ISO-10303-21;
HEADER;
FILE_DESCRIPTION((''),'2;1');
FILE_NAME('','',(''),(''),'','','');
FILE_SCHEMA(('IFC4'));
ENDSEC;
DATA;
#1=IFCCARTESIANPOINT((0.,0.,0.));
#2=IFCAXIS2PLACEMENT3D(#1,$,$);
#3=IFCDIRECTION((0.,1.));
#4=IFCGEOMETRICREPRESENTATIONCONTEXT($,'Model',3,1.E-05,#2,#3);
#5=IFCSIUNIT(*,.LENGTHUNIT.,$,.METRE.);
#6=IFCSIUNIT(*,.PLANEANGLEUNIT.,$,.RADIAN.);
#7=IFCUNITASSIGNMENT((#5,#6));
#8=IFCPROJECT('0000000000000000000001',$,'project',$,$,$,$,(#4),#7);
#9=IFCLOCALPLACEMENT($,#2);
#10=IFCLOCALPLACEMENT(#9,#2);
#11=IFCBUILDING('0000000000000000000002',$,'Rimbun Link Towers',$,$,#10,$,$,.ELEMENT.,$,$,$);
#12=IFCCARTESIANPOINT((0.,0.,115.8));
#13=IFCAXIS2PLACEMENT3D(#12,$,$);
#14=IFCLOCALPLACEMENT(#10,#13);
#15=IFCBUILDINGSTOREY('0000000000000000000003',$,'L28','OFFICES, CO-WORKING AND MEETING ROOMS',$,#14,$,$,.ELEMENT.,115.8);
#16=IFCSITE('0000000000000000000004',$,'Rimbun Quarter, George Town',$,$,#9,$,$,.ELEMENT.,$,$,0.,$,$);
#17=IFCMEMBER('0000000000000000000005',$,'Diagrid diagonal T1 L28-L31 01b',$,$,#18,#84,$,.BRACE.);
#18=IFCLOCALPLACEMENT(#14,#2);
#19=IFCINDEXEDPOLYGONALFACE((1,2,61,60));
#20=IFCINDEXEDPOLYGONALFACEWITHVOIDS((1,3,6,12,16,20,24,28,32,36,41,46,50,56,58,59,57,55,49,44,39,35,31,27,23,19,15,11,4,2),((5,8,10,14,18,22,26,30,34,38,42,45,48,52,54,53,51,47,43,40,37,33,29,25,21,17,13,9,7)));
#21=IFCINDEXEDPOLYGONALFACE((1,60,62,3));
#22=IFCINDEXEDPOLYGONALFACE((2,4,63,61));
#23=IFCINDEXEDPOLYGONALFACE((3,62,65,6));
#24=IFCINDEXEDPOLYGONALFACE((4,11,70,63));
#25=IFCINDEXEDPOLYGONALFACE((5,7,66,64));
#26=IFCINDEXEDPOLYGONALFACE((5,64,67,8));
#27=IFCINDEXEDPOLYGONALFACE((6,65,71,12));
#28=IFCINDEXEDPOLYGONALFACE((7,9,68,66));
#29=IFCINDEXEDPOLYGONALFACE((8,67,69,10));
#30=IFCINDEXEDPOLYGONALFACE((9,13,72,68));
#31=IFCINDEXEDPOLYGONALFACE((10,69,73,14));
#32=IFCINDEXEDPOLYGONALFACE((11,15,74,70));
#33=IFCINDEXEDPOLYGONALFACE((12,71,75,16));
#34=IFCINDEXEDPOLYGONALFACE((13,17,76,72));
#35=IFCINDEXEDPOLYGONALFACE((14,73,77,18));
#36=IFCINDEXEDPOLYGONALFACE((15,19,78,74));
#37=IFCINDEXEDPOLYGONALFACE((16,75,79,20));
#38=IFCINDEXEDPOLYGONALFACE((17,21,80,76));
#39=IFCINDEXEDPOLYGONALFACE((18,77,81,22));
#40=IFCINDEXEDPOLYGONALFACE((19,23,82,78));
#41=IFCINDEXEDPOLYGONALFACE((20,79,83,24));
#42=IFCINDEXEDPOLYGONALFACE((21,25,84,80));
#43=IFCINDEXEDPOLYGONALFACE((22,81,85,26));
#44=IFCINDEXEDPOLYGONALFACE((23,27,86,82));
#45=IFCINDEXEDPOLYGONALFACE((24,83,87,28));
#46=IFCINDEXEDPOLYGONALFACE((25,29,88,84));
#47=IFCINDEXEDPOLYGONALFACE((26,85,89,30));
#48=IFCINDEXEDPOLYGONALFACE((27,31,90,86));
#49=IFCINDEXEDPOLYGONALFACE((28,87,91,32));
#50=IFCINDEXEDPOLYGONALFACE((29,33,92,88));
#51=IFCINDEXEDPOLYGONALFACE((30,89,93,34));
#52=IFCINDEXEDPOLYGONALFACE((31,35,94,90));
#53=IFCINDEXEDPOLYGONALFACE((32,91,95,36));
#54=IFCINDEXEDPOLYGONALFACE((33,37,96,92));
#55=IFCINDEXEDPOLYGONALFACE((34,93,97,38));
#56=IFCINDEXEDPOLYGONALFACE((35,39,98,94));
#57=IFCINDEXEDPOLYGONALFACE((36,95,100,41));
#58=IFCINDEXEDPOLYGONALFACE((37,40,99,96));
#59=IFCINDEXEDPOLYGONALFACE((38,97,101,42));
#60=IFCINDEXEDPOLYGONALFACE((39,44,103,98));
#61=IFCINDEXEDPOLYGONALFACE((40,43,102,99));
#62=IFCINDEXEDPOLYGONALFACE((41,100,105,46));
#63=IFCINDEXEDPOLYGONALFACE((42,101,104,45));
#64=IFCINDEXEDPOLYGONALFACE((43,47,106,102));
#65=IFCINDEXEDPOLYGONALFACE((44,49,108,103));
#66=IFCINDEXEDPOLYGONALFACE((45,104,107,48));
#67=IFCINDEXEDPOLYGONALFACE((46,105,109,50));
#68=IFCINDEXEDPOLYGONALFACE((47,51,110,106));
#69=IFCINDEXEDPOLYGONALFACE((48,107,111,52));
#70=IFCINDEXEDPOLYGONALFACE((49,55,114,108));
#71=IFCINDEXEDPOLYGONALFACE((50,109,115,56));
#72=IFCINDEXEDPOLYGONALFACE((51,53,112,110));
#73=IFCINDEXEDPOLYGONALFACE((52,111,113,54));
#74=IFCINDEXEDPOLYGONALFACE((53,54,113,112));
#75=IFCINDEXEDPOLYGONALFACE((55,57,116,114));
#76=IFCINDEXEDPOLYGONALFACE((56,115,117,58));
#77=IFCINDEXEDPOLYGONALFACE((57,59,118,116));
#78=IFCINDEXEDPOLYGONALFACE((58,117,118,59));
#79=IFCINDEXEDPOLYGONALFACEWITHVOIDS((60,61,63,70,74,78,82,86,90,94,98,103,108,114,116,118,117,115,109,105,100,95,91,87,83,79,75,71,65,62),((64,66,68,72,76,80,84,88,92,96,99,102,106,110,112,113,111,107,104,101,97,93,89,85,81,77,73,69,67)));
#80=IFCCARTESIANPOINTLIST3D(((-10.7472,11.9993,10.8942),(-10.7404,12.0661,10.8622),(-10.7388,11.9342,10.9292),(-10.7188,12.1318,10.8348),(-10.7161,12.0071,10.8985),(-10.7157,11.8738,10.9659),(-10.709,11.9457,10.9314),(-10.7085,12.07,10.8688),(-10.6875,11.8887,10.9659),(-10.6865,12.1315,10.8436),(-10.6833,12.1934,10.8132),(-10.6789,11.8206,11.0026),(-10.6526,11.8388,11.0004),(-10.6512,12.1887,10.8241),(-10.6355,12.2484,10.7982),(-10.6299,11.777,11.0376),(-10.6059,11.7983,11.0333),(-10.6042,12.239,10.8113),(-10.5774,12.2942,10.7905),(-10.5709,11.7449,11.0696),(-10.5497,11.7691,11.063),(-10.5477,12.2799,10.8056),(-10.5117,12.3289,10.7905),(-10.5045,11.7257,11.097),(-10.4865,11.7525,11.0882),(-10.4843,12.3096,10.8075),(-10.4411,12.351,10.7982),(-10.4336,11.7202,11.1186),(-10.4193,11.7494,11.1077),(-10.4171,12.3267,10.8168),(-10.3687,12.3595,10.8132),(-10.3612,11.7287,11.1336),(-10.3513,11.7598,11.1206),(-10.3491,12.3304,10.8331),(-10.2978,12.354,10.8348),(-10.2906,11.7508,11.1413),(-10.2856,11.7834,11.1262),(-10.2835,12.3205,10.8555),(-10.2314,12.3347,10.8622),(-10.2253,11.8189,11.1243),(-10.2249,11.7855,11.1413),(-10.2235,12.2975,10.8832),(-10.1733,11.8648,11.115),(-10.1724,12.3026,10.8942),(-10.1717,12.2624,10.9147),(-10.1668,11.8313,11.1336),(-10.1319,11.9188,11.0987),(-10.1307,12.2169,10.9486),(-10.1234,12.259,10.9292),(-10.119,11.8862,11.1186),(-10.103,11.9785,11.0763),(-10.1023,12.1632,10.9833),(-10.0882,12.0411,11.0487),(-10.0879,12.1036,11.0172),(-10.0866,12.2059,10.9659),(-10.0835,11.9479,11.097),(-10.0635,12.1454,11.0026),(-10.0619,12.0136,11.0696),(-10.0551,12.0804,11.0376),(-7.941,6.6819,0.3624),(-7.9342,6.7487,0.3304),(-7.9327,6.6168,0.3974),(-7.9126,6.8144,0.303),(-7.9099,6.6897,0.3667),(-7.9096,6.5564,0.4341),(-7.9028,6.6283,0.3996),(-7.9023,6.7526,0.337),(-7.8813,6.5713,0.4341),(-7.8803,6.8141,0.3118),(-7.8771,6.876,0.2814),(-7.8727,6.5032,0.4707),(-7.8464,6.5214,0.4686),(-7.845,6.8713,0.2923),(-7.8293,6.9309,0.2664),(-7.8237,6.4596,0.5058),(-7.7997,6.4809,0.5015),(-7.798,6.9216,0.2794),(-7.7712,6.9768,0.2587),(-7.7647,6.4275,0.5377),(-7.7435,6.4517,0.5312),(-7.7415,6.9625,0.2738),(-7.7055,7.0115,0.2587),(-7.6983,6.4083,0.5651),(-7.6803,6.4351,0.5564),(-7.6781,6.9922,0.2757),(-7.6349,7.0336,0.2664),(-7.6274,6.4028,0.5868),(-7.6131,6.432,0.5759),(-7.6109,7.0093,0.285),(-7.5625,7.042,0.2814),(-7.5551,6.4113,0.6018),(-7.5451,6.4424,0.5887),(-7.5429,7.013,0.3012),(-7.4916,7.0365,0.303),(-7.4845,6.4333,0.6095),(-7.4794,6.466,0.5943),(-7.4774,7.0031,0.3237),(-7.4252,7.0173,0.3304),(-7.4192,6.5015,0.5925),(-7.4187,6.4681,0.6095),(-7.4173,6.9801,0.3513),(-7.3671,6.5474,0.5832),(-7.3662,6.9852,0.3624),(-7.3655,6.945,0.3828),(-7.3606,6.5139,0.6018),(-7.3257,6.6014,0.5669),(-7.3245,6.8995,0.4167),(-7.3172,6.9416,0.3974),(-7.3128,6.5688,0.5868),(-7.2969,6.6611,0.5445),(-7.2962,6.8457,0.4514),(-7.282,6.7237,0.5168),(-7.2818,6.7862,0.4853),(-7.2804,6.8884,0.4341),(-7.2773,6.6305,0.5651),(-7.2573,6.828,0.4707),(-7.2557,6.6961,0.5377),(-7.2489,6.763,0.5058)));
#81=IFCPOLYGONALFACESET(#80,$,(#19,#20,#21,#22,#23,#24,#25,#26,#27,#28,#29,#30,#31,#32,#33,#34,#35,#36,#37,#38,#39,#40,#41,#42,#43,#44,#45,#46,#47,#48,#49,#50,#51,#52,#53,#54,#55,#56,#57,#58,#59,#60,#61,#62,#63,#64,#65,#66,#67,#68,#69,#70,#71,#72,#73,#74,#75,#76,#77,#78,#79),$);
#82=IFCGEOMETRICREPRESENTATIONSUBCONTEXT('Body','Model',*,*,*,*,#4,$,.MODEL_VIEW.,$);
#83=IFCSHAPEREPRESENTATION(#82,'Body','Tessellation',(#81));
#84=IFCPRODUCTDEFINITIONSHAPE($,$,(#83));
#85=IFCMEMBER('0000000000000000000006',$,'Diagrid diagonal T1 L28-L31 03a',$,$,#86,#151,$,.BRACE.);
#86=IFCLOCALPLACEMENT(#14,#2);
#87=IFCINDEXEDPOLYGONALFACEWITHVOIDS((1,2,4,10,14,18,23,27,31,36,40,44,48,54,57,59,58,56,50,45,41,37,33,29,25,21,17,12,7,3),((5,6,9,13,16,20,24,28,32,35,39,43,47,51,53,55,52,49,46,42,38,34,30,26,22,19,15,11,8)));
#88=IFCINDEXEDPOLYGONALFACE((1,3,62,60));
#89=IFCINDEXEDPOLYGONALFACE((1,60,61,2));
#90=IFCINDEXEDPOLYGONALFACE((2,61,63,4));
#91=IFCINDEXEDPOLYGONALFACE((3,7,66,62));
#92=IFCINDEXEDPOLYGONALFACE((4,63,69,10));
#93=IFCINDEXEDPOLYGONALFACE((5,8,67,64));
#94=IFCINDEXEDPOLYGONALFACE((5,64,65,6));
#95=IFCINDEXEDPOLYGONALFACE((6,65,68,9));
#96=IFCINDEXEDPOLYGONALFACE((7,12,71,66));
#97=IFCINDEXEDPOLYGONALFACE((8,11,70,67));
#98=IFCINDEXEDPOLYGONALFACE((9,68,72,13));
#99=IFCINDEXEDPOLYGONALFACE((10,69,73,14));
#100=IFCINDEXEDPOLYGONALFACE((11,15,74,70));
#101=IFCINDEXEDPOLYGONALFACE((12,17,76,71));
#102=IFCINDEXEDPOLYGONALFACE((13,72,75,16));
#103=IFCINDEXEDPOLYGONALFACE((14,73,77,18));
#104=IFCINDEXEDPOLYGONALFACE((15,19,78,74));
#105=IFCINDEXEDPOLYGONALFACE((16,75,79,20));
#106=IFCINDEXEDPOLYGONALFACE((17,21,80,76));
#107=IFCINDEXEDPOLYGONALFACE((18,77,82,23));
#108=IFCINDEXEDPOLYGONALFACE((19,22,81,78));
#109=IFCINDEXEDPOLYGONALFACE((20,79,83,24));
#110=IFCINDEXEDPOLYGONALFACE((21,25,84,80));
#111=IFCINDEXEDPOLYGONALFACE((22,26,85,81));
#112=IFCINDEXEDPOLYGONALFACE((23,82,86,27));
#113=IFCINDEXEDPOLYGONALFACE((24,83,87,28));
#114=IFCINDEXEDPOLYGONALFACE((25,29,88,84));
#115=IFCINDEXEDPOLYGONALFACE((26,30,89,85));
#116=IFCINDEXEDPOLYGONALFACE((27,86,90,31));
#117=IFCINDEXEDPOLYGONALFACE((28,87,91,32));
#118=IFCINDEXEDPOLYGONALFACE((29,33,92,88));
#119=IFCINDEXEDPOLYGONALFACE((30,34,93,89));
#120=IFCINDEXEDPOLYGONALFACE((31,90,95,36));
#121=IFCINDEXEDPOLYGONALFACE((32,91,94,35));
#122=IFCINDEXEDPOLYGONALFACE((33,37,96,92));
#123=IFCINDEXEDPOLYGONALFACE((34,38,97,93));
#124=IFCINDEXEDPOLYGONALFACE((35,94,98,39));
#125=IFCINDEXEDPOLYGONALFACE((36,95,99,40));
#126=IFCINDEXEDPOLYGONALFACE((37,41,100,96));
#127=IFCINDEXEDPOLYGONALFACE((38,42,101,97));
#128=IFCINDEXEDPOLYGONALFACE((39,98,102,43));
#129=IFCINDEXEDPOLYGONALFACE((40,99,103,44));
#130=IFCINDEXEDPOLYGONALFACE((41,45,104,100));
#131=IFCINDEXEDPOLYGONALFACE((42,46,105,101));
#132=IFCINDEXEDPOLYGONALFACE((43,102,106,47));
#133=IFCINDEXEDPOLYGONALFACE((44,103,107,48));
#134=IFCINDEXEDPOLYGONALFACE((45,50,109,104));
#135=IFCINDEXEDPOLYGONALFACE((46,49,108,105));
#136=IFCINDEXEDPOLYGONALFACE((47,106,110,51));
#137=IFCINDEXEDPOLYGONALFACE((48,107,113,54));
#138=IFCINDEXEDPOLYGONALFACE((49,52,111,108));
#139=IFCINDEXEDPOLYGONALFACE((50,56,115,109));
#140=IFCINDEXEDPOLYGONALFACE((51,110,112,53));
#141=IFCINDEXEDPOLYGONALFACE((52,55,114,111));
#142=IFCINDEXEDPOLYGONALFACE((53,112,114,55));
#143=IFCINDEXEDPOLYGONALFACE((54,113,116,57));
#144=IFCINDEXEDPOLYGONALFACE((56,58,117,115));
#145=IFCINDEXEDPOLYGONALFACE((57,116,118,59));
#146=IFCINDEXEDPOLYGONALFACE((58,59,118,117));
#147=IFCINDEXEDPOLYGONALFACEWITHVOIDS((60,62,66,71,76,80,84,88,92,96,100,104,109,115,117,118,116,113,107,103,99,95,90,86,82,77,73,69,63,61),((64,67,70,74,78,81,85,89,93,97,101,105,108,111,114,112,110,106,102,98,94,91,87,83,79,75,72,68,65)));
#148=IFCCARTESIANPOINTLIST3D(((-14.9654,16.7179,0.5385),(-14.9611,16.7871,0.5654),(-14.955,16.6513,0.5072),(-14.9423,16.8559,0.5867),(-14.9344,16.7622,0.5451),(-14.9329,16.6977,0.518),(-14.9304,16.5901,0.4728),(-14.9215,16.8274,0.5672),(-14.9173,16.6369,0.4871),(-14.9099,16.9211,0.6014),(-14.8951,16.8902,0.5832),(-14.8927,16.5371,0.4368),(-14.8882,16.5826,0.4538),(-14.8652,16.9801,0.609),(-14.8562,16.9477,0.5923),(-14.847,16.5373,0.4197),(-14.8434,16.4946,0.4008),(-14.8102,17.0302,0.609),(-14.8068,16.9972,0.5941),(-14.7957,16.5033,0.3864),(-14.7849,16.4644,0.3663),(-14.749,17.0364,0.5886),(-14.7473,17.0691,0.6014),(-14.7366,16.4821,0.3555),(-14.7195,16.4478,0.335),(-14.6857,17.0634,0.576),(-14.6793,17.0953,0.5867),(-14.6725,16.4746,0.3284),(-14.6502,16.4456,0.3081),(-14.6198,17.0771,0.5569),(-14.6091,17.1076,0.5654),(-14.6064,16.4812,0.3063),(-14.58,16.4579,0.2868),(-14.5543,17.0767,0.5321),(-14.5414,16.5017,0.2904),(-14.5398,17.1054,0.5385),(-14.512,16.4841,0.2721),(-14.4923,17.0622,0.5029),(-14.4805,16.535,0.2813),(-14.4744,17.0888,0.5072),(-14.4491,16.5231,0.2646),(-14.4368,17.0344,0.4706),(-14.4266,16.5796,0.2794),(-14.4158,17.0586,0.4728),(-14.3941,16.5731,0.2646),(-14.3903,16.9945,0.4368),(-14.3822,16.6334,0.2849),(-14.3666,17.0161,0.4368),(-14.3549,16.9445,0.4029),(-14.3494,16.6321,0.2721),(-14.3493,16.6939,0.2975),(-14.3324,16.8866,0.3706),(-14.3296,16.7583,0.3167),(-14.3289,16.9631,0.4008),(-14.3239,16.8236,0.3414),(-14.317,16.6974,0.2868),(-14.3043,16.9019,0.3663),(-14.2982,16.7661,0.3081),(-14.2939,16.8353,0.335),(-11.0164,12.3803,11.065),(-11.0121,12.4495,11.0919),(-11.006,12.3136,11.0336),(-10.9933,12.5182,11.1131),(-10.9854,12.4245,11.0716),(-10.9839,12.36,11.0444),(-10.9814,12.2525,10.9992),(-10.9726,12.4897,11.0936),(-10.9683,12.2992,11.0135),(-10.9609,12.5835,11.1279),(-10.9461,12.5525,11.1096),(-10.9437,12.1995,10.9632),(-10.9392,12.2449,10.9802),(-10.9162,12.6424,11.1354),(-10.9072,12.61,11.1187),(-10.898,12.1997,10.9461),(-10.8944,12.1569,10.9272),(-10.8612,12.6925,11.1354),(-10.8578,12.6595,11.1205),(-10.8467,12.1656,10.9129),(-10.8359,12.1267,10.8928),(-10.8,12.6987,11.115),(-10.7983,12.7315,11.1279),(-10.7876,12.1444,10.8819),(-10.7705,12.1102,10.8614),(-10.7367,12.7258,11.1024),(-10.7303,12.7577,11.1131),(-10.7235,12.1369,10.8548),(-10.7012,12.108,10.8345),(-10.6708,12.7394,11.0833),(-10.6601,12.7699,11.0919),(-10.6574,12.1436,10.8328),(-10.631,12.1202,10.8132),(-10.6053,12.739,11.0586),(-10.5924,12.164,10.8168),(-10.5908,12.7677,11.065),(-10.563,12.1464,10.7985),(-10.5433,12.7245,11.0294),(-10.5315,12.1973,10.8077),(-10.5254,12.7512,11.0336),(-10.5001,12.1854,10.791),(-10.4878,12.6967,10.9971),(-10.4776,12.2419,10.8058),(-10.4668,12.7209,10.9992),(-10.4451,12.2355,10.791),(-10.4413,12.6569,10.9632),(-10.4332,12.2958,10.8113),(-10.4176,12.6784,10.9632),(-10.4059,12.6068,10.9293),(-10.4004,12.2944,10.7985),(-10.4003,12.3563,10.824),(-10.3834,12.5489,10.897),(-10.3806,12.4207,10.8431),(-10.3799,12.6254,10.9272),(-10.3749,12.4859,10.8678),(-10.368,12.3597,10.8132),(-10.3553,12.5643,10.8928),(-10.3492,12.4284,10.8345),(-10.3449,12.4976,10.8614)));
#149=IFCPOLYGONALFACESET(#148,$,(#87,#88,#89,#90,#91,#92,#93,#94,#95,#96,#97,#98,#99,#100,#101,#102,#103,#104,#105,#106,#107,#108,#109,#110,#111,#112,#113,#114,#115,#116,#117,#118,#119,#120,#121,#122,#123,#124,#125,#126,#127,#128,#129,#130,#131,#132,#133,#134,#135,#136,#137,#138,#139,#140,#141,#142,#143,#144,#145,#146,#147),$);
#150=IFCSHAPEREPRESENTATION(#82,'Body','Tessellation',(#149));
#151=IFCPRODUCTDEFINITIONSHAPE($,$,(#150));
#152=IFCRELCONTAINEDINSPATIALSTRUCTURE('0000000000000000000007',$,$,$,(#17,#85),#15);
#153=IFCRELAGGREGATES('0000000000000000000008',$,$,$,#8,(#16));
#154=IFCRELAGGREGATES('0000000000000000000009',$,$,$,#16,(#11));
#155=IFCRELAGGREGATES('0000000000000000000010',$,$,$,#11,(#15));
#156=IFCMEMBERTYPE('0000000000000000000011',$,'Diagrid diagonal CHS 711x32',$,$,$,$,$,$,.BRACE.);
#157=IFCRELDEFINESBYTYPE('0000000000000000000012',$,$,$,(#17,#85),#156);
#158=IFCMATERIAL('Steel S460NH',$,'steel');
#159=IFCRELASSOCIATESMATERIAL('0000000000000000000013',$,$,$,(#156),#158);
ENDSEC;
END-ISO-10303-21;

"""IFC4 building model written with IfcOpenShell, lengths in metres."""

from ifc_helpers import new_model, si_unit, direction, frame, origin, origin_2d, place, context, subcontext, project, spatial, hollow_circle, extrude, material, material_profile, profile_set, type_object, element, save


model = new_model("IFC4")

# Units and contexts
model_context = context("Model", 3, precision=1e-05, world=origin(), true_north=direction((0.0, 1.0)))
body_context = subcontext(model_context, "Body", "Model", "MODEL_VIEW")
ifc_project = project(units=[si_unit("LENGTHUNIT", "METRE"), si_unit("PLANEANGLEUNIT", "RADIAN")], contexts=[model_context])

# Site, building, storey
site_placement = place(None, origin())
site = spatial("IfcSite", under=ifc_project, at=site_placement, Name="Rimbun Quarter, George Town", CompositionType="ELEMENT", RefElevation=0.0)
building_placement = place(site_placement, origin())
building = spatial("IfcBuilding", under=site, at=building_placement, Name="Rimbun Link Towers", CompositionType="ELEMENT")
storey_placement = place(building_placement, frame((0.0, 0.0, 115.8)))
storey = spatial("IfcBuildingStorey", under=building, at=storey_placement, Name="L28", Description="OFFICES, CO-WORKING AND MEETING ROOMS", CompositionType="ELEMENT", Elevation=115.8)

# Members
ifc_material_1 = material(Name="Steel S460NH", Category="steel")
ifc_material_profile_1 = material_profile(ifc_material_1, hollow_circle(Radius=0.3557, WallThickness=0.032, at=origin_2d()), Name="Diagrid diagonal CHS 711x32")
ifc_profile_set_1 = profile_set([ifc_material_profile_1], Name="Steel S460NH")
member_type_1 = type_object("IfcMemberType", Name="Diagrid diagonal CHS 711x32", PredefinedType="BRACE", material=ifc_profile_set_1)
member_1_placement = place(storey_placement, frame((-7.595, 6.7224, 0.4341), z_axis=(-0.231395, 0.438471, 0.868447), x_axis=(-0.884402, -0.466727, 0.0)))
element("IfcMember", 1, at=member_1_placement, inside=storey, type_object=member_type_1, Name="Diagrid diagonal T1 L28-L31 01b", PredefinedType="BRACE", context=body_context, shape_type="SweptSolid", body=[
    extrude(hollow_circle(Radius=0.3557, WallThickness=0.032, at=origin_2d()), origin(), (0.0, 0.0, 1.0), 12.1272),
])
member_2_placement = place(storey_placement, frame((-14.6296, 16.7766, 0.4368), z_axis=(0.327703, -0.359956, 0.873523), x_axis=(0.73946, 0.673201, 0.0)))
element("IfcMember", 2, at=member_2_placement, inside=storey, type_object=member_type_1, Name="Diagrid diagonal T1 L28-L31 03a", PredefinedType="BRACE", context=body_context, shape_type="SweptSolid", body=[
    extrude(hollow_circle(Radius=0.3557, WallThickness=0.032, at=origin_2d()), origin(), (0.0, 0.0, 1.0), 12.0505),
])

save(model, "model.ifc")
